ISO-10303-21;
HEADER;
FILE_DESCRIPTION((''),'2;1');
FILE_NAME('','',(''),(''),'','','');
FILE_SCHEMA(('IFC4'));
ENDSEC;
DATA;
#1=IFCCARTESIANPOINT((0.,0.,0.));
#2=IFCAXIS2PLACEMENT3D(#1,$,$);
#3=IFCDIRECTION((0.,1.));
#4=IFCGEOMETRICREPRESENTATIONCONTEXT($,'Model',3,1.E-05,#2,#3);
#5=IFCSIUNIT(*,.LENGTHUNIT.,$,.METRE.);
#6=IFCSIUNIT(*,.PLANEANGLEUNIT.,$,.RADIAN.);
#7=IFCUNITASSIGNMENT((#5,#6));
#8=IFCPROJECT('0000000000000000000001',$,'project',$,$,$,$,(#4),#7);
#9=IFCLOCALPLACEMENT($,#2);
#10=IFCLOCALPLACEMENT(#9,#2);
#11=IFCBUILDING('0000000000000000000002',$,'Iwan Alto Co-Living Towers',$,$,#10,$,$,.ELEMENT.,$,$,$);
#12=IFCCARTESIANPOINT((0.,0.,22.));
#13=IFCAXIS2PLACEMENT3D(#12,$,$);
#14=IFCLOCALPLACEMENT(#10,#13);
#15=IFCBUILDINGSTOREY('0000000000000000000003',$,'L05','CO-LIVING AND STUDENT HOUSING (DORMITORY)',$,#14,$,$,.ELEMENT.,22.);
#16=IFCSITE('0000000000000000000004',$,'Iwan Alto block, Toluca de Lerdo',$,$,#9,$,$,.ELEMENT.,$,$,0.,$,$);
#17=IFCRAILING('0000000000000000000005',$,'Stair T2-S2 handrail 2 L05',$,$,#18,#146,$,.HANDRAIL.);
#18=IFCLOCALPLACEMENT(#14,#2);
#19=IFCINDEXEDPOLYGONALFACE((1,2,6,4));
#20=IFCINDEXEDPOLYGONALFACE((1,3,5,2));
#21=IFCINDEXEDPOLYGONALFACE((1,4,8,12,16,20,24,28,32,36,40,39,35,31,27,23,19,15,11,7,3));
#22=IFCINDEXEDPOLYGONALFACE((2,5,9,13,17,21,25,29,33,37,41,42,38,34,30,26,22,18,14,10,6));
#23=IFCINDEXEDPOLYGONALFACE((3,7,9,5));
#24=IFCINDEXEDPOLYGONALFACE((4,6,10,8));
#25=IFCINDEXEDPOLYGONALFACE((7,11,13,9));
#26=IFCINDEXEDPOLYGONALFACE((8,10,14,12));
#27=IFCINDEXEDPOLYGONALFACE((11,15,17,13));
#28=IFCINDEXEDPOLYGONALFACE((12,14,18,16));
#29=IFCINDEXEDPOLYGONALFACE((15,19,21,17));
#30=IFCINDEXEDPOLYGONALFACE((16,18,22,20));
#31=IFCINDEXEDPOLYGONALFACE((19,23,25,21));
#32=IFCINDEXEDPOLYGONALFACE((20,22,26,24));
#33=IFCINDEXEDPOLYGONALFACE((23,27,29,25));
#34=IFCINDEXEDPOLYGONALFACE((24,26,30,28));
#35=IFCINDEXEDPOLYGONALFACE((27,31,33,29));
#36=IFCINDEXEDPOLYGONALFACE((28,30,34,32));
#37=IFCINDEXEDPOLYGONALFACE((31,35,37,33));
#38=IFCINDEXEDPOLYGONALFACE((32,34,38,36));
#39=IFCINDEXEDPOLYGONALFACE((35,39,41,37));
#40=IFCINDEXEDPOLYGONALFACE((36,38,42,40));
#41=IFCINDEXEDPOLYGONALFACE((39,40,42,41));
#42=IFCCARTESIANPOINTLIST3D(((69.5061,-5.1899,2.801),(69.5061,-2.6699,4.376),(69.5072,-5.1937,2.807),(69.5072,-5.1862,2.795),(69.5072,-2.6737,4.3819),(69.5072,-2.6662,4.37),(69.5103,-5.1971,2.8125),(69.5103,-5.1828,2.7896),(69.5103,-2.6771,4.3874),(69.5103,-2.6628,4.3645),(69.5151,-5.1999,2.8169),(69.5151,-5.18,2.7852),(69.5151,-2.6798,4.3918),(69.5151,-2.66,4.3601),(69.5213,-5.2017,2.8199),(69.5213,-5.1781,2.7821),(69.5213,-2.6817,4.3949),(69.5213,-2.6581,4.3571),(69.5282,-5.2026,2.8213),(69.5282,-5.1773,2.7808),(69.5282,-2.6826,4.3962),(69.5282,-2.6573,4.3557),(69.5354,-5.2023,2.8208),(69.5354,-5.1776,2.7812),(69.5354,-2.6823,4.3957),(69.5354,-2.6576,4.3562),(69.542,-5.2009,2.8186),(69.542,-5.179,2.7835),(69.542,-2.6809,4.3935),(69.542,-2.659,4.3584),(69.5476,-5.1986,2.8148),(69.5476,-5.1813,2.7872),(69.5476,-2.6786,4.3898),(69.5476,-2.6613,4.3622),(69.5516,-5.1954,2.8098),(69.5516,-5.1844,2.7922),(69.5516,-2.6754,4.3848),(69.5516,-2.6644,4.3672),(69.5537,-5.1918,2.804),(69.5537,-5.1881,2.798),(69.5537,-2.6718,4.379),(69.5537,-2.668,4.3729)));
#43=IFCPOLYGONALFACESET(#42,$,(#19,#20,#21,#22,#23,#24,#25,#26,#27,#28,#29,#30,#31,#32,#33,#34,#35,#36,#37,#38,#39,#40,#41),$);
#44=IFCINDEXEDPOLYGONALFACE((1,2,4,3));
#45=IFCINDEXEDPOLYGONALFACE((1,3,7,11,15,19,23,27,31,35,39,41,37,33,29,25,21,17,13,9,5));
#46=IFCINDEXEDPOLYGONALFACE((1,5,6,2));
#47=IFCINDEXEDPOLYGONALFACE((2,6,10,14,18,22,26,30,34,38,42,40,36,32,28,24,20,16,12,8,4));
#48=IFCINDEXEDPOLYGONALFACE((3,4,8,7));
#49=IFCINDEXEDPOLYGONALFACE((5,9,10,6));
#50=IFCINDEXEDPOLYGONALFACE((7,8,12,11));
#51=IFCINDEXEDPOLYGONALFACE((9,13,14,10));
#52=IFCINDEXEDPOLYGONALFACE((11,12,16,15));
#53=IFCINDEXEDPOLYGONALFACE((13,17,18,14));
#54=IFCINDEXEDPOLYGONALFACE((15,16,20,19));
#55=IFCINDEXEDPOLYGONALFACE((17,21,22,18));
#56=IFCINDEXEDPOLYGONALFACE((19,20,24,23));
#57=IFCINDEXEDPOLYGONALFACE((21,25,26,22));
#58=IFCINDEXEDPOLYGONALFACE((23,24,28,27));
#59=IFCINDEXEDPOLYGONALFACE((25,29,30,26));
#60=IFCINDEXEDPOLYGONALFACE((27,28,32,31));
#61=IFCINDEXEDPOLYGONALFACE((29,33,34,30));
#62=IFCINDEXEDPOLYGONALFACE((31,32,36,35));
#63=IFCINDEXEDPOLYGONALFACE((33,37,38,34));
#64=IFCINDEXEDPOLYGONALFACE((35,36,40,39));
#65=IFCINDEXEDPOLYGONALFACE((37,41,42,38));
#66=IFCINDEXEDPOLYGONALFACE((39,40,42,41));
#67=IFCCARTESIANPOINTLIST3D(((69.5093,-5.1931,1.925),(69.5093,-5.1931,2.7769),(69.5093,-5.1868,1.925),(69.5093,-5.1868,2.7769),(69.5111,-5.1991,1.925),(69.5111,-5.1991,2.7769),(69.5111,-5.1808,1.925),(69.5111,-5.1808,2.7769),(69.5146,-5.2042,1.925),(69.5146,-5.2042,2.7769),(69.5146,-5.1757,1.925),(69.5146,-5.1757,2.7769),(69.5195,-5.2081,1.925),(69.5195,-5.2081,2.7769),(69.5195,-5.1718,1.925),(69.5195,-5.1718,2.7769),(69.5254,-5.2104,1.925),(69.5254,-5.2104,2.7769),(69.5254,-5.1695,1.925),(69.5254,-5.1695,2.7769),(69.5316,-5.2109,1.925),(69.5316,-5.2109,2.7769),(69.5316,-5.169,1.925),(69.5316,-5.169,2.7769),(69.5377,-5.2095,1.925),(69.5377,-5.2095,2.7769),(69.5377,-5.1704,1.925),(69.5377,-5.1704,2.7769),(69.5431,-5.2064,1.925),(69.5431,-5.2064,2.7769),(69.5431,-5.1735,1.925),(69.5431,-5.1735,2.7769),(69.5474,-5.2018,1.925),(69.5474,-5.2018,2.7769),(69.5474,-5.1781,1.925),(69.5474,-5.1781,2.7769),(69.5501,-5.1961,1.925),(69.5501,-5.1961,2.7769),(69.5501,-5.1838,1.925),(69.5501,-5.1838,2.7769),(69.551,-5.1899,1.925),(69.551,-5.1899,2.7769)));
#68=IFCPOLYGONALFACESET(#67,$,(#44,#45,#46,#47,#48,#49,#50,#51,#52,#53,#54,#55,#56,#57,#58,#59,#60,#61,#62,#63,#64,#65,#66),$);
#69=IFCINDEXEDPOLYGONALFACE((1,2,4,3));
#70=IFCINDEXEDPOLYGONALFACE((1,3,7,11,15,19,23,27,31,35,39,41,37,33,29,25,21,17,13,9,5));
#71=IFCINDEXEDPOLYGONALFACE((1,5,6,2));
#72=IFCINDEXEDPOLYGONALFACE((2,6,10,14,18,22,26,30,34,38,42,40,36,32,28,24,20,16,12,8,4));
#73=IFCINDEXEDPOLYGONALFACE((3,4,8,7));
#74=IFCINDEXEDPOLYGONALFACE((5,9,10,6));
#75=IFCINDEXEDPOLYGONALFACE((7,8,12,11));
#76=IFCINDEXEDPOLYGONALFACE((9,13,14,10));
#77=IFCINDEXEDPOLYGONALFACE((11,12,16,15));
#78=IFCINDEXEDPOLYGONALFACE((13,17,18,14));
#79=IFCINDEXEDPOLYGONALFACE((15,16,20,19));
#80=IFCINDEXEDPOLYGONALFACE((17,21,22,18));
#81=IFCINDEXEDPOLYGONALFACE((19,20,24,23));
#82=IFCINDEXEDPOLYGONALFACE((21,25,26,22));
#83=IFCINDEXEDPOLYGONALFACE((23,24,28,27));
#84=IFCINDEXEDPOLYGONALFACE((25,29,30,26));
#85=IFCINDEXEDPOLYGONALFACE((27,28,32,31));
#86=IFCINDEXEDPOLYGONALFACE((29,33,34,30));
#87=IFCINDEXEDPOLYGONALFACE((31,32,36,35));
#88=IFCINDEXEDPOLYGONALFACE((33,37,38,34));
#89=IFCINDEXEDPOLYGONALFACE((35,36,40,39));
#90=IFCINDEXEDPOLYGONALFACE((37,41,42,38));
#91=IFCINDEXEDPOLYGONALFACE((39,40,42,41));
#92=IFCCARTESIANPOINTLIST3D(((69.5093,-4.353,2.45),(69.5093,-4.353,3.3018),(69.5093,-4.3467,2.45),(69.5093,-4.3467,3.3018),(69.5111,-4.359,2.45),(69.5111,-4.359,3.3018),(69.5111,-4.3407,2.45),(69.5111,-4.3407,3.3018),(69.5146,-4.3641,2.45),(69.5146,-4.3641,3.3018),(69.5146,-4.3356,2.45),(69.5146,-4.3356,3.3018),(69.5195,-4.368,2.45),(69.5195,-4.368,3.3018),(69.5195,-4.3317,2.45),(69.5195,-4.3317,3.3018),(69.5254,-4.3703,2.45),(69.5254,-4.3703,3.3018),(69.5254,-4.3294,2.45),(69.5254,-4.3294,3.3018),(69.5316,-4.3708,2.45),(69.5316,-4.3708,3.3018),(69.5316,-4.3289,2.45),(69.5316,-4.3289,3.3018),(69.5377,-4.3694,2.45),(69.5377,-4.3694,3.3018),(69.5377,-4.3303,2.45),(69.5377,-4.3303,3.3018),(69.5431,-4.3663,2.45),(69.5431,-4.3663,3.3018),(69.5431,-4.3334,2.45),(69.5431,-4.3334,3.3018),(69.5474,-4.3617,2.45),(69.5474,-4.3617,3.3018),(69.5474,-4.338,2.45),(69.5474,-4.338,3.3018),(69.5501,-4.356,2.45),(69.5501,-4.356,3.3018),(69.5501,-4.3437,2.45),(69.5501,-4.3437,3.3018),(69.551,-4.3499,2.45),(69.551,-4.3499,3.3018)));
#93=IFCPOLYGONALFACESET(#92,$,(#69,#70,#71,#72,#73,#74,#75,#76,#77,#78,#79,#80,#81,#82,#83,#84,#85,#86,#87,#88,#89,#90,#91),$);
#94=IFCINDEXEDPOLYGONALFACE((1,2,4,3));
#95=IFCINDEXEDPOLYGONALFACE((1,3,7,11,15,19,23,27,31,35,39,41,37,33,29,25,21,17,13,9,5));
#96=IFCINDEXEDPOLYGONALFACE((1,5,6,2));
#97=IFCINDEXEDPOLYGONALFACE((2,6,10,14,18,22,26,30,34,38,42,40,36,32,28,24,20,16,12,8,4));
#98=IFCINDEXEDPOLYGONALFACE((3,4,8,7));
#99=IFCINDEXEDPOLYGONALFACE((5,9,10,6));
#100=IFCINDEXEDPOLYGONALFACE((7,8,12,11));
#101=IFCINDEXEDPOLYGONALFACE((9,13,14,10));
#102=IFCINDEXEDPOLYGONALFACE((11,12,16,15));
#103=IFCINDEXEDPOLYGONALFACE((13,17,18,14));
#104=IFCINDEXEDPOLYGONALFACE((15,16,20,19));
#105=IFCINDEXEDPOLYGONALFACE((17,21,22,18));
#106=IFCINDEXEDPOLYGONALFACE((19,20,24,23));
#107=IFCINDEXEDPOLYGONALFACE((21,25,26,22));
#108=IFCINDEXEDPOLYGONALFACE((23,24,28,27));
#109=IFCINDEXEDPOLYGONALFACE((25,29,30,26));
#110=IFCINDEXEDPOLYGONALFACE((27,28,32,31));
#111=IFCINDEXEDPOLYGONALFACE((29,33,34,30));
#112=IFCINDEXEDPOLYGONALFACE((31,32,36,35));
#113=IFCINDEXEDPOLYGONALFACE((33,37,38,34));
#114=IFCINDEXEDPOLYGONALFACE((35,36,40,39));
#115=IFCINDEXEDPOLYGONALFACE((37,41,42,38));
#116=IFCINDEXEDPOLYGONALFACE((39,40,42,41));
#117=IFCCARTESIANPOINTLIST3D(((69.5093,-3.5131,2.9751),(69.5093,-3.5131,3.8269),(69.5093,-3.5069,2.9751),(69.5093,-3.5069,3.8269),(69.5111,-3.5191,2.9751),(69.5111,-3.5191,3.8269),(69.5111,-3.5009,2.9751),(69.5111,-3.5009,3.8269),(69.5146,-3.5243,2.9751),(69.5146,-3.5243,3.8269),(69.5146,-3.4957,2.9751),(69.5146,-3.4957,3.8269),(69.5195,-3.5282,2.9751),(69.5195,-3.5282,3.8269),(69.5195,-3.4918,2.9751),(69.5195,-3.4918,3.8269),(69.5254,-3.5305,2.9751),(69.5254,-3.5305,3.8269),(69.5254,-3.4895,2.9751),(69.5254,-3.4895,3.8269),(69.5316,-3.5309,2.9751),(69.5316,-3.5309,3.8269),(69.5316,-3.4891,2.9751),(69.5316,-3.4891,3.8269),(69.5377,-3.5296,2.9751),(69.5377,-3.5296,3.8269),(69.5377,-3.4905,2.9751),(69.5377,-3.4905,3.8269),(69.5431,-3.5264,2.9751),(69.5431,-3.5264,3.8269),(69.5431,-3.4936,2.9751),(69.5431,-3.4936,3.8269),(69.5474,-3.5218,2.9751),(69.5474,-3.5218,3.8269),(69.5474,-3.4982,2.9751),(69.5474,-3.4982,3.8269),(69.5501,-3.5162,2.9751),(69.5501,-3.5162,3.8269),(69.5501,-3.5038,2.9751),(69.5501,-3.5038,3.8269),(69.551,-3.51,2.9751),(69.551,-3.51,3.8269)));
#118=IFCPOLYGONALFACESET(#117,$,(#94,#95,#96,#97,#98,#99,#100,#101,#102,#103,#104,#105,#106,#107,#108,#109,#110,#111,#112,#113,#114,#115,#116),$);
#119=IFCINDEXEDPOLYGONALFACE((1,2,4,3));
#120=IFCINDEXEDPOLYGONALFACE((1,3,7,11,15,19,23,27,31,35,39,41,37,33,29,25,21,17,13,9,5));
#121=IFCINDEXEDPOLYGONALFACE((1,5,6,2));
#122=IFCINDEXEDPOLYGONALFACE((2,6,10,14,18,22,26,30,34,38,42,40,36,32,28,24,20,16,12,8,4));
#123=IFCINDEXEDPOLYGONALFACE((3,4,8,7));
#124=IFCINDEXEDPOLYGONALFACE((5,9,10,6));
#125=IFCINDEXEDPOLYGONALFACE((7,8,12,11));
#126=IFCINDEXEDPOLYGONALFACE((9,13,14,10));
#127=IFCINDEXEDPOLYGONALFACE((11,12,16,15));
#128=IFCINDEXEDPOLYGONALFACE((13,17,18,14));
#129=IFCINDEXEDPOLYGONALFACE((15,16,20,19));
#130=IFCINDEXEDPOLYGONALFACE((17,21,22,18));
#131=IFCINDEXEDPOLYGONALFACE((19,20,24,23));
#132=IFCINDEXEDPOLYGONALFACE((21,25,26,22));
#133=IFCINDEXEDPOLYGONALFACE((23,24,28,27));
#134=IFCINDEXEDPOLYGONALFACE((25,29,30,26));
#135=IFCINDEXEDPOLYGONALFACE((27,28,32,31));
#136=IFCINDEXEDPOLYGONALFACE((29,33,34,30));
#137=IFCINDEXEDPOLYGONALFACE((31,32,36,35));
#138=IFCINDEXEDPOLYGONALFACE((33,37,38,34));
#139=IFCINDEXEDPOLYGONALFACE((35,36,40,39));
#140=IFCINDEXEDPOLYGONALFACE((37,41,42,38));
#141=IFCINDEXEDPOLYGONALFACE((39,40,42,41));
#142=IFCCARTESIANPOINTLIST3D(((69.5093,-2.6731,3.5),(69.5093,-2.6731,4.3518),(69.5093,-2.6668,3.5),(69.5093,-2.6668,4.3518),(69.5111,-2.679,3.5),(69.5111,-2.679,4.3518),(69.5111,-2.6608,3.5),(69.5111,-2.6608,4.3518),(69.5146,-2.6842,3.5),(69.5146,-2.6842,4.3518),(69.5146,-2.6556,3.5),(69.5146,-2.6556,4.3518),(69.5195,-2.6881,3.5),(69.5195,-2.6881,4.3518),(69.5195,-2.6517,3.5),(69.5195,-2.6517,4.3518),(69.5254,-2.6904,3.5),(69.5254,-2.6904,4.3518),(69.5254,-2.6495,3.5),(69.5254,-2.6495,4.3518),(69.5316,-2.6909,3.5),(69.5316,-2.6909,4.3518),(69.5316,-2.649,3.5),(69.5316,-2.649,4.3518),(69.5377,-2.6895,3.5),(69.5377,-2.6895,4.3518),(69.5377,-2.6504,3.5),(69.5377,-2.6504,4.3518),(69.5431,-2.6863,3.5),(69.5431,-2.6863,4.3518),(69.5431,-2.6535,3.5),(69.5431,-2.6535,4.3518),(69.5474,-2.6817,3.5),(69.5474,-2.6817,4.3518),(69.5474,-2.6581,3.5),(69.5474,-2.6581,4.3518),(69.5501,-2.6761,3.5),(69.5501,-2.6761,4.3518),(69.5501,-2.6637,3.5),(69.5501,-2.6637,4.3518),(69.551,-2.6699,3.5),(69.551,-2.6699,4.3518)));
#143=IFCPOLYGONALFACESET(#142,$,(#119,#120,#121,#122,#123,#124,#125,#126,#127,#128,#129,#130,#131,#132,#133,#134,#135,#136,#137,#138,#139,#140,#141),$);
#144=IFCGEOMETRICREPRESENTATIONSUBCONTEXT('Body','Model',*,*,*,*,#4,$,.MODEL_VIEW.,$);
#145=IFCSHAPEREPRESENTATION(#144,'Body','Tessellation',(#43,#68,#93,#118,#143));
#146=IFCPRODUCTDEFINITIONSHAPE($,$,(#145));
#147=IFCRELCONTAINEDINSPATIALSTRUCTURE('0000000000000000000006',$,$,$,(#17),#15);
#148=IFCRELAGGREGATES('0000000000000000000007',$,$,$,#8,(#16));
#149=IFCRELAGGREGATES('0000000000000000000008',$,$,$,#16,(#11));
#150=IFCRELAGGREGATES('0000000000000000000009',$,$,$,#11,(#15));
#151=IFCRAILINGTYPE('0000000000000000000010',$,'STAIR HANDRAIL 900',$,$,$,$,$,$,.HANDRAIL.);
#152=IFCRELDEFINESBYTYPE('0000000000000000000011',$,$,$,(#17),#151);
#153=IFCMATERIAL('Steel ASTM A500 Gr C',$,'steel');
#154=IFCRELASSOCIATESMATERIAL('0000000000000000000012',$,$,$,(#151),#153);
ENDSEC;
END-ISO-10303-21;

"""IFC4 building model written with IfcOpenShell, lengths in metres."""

from ifc_helpers import new_model, si_unit, direction, frame, origin, origin_2d, place, context, subcontext, project, spatial, circle, extrude, material, type_object, element, save


model = new_model("IFC4")

# Units and contexts
model_context = context("Model", 3, precision=1e-05, world=origin(), true_north=direction((0.0, 1.0)))
body_context = subcontext(model_context, "Body", "Model", "MODEL_VIEW")
ifc_project = project(units=[si_unit("LENGTHUNIT", "METRE"), si_unit("PLANEANGLEUNIT", "RADIAN")], contexts=[model_context])

# Site, building, storey
site_placement = place(None, origin())
site = spatial("IfcSite", under=ifc_project, at=site_placement, Name="Iwan Alto block, Toluca de Lerdo", CompositionType="ELEMENT", RefElevation=0.0)
building_placement = place(site_placement, origin())
building = spatial("IfcBuilding", under=site, at=building_placement, Name="Iwan Alto Co-Living Towers", CompositionType="ELEMENT")
storey_placement = place(building_placement, frame((0.0, 0.0, 22.0)))
storey = spatial("IfcBuildingStorey", under=building, at=storey_placement, Name="L05", Description="CO-LIVING AND STUDENT HOUSING (DORMITORY)", CompositionType="ELEMENT", Elevation=22.0)

# Railing
ifc_material_1 = material(Name="Steel ASTM A500 Gr C", Category="steel")
railing_type_1 = type_object("IfcRailingType", Name="STAIR HANDRAIL 900", PredefinedType="HANDRAIL", material=ifc_material_1)
railing_1_placement = place(storey_placement, frame((69.53, -5.1899, 1.925)))
element("IfcRailing", 1, at=railing_1_placement, inside=storey, type_object=railing_type_1, Name="Stair T2-S2 handrail 2 L05", PredefinedType="HANDRAIL", context=body_context, shape_type="SweptSolid", body=[
    extrude(circle(Radius=0.0239, at=origin_2d()), frame((0.0, 0.0, 0.876), z_axis=(0.0, 0.848008, 0.529984), x_axis=(-1.0, 0.0, 0.0)), (0.0, 0.0, 1.0), 2.9717),
    extrude(circle(Radius=0.021, at=origin_2d()), origin(), (0.0, 0.0, 1.0), 0.8518),
    extrude(circle(Radius=0.021, at=origin_2d()), frame((0.0, 0.8401, 0.5249)), (0.0, 0.0, 1.0), 0.8518),
    extrude(circle(Radius=0.021, at=origin_2d()), frame((0.0, 1.6799, 1.05)), (0.0, 0.0, 1.0), 0.8518),
    extrude(circle(Radius=0.021, at=origin_2d()), frame((0.0, 2.52, 1.575)), (0.0, 0.0, 1.0), 0.8518),
])

save(model, "model.ifc")
